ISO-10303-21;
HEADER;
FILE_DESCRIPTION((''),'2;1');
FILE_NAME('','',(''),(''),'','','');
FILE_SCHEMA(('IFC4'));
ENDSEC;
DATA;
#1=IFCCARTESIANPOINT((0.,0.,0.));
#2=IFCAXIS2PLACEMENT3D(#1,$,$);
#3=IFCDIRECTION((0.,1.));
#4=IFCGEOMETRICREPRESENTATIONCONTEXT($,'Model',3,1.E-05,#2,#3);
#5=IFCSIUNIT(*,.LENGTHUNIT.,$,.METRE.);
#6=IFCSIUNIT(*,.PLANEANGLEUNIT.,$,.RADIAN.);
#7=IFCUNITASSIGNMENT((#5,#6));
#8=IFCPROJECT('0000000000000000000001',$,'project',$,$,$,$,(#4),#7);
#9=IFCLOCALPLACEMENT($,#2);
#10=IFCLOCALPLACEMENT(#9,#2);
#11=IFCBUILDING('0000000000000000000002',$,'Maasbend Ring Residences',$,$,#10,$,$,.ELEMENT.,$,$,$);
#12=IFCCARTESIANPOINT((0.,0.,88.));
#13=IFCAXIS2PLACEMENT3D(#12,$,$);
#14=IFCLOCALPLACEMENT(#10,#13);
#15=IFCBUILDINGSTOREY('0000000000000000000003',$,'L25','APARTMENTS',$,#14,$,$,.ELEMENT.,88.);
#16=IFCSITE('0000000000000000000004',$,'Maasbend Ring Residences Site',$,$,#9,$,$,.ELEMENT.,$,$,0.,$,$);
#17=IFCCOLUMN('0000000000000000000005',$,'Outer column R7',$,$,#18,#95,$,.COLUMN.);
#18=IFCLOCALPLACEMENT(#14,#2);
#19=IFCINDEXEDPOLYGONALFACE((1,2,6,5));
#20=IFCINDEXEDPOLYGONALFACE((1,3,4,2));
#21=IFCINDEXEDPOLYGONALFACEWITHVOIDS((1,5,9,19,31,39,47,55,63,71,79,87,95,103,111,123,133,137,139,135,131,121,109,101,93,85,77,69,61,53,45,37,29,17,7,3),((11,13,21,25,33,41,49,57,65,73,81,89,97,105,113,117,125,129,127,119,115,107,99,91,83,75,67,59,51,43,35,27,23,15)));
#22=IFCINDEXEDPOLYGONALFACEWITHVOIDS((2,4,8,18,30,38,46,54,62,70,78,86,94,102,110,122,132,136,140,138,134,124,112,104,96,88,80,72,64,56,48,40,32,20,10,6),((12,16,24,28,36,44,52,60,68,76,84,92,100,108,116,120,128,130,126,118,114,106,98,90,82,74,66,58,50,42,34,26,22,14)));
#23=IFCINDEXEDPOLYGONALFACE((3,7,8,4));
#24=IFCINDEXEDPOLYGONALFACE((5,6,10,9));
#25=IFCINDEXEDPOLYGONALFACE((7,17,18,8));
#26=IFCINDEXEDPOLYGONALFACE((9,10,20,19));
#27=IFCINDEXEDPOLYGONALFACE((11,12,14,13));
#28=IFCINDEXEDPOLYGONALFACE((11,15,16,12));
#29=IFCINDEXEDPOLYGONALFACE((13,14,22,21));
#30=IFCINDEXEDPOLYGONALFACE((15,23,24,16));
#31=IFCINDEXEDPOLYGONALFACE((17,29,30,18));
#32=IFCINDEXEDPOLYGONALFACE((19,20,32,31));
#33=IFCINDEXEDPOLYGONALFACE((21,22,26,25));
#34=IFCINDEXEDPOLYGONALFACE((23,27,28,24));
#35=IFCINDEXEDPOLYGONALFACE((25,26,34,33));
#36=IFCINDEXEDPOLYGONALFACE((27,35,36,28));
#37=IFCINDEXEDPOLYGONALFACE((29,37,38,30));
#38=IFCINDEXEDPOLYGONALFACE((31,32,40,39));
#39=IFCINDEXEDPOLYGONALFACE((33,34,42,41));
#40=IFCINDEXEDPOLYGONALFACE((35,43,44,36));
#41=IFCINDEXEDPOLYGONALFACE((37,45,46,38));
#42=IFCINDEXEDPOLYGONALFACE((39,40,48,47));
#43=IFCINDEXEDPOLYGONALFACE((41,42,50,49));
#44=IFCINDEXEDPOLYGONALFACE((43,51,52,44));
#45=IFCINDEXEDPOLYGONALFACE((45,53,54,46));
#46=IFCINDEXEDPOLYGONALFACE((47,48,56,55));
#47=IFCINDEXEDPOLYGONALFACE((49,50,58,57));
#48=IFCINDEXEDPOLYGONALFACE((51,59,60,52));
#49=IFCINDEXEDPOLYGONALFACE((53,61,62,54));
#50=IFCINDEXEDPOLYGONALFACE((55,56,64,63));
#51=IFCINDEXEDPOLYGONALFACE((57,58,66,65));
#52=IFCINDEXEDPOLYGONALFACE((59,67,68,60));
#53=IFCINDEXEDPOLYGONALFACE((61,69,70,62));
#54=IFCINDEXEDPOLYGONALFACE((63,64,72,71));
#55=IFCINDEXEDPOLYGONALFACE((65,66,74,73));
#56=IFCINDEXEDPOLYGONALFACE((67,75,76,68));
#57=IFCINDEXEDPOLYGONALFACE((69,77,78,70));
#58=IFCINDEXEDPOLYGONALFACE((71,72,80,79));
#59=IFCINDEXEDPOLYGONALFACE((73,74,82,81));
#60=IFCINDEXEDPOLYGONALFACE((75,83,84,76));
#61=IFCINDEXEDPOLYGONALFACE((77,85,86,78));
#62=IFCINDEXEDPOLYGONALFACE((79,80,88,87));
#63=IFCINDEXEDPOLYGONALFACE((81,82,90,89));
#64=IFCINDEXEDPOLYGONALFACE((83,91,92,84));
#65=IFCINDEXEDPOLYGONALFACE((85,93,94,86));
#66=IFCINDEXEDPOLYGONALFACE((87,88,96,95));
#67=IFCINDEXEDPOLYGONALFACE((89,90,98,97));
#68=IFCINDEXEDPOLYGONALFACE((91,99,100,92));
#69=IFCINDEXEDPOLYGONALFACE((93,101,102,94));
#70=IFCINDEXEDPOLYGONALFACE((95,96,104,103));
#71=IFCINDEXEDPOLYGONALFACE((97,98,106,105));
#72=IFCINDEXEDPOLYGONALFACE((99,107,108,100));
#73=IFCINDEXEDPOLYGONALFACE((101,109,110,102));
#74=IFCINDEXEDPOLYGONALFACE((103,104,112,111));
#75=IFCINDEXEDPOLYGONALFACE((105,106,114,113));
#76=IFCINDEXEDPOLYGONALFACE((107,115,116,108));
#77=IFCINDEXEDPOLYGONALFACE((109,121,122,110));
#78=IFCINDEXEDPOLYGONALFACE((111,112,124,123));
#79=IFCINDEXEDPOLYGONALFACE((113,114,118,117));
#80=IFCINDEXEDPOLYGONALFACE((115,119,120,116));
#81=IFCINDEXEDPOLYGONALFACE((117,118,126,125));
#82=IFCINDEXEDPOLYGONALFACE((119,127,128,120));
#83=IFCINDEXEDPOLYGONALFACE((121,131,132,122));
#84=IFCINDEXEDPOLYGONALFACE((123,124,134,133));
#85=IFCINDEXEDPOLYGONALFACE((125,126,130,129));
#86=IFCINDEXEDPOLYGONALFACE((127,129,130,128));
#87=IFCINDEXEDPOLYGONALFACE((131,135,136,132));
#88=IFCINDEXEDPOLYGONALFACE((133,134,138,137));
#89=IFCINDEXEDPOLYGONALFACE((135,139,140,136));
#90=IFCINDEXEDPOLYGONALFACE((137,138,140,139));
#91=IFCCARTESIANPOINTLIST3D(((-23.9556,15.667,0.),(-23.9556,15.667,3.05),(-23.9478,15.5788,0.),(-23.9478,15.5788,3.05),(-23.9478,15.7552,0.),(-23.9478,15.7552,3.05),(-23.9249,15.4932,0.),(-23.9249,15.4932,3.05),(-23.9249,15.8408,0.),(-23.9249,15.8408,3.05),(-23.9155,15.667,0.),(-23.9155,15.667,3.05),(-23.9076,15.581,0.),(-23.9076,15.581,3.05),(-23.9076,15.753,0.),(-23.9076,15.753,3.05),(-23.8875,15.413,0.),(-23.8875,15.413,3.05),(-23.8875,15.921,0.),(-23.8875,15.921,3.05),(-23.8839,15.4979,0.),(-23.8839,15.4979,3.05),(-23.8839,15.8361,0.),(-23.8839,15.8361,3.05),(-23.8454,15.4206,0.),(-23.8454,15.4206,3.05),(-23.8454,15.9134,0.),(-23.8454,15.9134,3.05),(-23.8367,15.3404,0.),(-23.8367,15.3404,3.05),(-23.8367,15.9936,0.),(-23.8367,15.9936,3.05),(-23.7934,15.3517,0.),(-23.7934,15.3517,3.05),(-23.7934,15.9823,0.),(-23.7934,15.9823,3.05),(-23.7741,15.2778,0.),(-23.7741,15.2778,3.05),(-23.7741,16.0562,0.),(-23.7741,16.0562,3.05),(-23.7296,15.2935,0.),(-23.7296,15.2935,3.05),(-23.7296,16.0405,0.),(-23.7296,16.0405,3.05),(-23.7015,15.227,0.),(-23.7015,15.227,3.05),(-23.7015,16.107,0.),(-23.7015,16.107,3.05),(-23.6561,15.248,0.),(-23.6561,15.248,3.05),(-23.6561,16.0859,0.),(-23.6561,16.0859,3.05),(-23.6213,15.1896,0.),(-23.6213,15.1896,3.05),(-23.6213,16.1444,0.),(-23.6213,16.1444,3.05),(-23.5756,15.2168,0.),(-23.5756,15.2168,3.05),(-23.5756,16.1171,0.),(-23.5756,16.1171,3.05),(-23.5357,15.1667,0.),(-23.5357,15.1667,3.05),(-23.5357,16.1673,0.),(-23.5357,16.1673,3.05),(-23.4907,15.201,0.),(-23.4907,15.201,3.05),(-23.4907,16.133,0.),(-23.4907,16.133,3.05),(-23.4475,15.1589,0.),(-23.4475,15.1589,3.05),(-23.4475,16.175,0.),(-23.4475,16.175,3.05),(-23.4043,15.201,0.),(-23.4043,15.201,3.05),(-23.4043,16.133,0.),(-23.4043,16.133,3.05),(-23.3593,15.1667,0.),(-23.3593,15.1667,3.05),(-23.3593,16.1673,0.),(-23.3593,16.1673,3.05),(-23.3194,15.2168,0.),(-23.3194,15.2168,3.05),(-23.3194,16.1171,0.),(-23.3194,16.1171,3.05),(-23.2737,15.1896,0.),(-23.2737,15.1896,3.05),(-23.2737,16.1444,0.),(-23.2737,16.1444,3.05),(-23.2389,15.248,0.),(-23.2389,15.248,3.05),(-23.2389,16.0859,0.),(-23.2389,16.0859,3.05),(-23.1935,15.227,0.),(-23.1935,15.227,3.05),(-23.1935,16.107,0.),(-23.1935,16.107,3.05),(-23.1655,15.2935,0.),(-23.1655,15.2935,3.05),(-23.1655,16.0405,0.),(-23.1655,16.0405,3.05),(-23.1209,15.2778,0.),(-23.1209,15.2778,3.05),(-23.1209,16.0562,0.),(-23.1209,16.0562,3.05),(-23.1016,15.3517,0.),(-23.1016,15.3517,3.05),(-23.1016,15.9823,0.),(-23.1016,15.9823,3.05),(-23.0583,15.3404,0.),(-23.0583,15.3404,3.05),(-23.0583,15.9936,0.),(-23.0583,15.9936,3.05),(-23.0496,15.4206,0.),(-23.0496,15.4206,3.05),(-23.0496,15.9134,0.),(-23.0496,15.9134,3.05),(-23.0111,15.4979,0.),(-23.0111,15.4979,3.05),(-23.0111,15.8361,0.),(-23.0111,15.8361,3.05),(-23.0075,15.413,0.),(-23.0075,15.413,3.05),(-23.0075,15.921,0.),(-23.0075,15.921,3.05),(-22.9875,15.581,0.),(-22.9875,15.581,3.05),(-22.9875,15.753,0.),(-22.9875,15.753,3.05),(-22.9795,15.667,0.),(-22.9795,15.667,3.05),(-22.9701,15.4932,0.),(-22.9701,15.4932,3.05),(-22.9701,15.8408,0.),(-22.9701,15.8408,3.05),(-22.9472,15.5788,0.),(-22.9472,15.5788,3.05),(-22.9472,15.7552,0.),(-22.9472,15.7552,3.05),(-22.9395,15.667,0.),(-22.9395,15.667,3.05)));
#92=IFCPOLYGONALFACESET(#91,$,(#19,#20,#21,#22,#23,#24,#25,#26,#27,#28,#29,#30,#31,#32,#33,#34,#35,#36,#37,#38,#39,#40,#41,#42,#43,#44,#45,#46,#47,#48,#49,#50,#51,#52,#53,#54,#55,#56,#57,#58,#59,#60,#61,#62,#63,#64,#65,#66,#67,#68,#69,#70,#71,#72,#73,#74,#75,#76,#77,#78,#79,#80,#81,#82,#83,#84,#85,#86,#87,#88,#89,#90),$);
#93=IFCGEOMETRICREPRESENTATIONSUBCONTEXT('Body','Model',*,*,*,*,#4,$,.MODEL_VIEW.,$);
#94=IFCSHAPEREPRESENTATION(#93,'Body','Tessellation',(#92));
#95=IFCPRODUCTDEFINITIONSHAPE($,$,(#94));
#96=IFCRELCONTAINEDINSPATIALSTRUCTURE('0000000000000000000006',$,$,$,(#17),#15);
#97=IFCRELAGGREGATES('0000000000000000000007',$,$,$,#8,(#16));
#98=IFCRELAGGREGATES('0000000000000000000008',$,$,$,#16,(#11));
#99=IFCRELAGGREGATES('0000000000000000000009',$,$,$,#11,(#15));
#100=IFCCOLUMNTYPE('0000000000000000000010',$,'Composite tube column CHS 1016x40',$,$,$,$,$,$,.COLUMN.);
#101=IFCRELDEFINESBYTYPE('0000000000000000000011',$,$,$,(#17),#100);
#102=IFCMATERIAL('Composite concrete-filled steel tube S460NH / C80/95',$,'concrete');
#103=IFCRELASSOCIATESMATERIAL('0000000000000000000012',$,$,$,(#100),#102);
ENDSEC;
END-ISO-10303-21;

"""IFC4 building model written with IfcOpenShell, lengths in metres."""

from ifc_helpers import new_model, si_unit, direction, frame, origin, origin_2d, place, context, subcontext, project, spatial, hollow_circle, extrude, material, material_profile, profile_set, type_object, element, save


model = new_model("IFC4")

# Units and contexts
model_context = context("Model", 3, precision=1e-05, world=origin(), true_north=direction((0.0, 1.0)))
body_context = subcontext(model_context, "Body", "Model", "MODEL_VIEW")
ifc_project = project(units=[si_unit("LENGTHUNIT", "METRE"), si_unit("PLANEANGLEUNIT", "RADIAN")], contexts=[model_context])

# Site, building, storey
site_placement = place(None, origin())
site = spatial("IfcSite", under=ifc_project, at=site_placement, Name="Maasbend Ring Residences Site", CompositionType="ELEMENT", RefElevation=0.0)
building_placement = place(site_placement, origin())
building = spatial("IfcBuilding", under=site, at=building_placement, Name="Maasbend Ring Residences", CompositionType="ELEMENT")
storey_placement = place(building_placement, frame((0.0, 0.0, 88.0)))
storey = spatial("IfcBuildingStorey", under=building, at=storey_placement, Name="L25", Description="APARTMENTS", CompositionType="ELEMENT", Elevation=88.0)

# Column
ifc_material_1 = material(Name="Composite concrete-filled steel tube S460NH / C80/95", Category="concrete")
ifc_material_profile = material_profile(ifc_material_1, hollow_circle(Radius=0.5081, WallThickness=0.04, at=origin_2d()), Name="Composite tube column CHS 1016x40")
ifc_profile_set = profile_set([ifc_material_profile], Name="Composite concrete-filled steel tube S460NH / C80/95")
column_type = type_object("IfcColumnType", Name="Composite tube column CHS 1016x40", PredefinedType="COLUMN", material=ifc_profile_set)
column_placement = place(storey_placement, frame((-23.4475, 15.667, 0.0), z_axis=(0.0, 0.0, 1.0), x_axis=(1.0, 0.0, 0.0)))
element("IfcColumn", 1, at=column_placement, inside=storey, type_object=column_type, Name="Outer column R7", PredefinedType="COLUMN", context=body_context, shape_type="SweptSolid", body=[
    extrude(hollow_circle(Radius=0.5081, WallThickness=0.04, at=origin_2d()), origin(), (0.0, 0.0, 1.0), 3.05),
])

save(model, "model.ifc")
